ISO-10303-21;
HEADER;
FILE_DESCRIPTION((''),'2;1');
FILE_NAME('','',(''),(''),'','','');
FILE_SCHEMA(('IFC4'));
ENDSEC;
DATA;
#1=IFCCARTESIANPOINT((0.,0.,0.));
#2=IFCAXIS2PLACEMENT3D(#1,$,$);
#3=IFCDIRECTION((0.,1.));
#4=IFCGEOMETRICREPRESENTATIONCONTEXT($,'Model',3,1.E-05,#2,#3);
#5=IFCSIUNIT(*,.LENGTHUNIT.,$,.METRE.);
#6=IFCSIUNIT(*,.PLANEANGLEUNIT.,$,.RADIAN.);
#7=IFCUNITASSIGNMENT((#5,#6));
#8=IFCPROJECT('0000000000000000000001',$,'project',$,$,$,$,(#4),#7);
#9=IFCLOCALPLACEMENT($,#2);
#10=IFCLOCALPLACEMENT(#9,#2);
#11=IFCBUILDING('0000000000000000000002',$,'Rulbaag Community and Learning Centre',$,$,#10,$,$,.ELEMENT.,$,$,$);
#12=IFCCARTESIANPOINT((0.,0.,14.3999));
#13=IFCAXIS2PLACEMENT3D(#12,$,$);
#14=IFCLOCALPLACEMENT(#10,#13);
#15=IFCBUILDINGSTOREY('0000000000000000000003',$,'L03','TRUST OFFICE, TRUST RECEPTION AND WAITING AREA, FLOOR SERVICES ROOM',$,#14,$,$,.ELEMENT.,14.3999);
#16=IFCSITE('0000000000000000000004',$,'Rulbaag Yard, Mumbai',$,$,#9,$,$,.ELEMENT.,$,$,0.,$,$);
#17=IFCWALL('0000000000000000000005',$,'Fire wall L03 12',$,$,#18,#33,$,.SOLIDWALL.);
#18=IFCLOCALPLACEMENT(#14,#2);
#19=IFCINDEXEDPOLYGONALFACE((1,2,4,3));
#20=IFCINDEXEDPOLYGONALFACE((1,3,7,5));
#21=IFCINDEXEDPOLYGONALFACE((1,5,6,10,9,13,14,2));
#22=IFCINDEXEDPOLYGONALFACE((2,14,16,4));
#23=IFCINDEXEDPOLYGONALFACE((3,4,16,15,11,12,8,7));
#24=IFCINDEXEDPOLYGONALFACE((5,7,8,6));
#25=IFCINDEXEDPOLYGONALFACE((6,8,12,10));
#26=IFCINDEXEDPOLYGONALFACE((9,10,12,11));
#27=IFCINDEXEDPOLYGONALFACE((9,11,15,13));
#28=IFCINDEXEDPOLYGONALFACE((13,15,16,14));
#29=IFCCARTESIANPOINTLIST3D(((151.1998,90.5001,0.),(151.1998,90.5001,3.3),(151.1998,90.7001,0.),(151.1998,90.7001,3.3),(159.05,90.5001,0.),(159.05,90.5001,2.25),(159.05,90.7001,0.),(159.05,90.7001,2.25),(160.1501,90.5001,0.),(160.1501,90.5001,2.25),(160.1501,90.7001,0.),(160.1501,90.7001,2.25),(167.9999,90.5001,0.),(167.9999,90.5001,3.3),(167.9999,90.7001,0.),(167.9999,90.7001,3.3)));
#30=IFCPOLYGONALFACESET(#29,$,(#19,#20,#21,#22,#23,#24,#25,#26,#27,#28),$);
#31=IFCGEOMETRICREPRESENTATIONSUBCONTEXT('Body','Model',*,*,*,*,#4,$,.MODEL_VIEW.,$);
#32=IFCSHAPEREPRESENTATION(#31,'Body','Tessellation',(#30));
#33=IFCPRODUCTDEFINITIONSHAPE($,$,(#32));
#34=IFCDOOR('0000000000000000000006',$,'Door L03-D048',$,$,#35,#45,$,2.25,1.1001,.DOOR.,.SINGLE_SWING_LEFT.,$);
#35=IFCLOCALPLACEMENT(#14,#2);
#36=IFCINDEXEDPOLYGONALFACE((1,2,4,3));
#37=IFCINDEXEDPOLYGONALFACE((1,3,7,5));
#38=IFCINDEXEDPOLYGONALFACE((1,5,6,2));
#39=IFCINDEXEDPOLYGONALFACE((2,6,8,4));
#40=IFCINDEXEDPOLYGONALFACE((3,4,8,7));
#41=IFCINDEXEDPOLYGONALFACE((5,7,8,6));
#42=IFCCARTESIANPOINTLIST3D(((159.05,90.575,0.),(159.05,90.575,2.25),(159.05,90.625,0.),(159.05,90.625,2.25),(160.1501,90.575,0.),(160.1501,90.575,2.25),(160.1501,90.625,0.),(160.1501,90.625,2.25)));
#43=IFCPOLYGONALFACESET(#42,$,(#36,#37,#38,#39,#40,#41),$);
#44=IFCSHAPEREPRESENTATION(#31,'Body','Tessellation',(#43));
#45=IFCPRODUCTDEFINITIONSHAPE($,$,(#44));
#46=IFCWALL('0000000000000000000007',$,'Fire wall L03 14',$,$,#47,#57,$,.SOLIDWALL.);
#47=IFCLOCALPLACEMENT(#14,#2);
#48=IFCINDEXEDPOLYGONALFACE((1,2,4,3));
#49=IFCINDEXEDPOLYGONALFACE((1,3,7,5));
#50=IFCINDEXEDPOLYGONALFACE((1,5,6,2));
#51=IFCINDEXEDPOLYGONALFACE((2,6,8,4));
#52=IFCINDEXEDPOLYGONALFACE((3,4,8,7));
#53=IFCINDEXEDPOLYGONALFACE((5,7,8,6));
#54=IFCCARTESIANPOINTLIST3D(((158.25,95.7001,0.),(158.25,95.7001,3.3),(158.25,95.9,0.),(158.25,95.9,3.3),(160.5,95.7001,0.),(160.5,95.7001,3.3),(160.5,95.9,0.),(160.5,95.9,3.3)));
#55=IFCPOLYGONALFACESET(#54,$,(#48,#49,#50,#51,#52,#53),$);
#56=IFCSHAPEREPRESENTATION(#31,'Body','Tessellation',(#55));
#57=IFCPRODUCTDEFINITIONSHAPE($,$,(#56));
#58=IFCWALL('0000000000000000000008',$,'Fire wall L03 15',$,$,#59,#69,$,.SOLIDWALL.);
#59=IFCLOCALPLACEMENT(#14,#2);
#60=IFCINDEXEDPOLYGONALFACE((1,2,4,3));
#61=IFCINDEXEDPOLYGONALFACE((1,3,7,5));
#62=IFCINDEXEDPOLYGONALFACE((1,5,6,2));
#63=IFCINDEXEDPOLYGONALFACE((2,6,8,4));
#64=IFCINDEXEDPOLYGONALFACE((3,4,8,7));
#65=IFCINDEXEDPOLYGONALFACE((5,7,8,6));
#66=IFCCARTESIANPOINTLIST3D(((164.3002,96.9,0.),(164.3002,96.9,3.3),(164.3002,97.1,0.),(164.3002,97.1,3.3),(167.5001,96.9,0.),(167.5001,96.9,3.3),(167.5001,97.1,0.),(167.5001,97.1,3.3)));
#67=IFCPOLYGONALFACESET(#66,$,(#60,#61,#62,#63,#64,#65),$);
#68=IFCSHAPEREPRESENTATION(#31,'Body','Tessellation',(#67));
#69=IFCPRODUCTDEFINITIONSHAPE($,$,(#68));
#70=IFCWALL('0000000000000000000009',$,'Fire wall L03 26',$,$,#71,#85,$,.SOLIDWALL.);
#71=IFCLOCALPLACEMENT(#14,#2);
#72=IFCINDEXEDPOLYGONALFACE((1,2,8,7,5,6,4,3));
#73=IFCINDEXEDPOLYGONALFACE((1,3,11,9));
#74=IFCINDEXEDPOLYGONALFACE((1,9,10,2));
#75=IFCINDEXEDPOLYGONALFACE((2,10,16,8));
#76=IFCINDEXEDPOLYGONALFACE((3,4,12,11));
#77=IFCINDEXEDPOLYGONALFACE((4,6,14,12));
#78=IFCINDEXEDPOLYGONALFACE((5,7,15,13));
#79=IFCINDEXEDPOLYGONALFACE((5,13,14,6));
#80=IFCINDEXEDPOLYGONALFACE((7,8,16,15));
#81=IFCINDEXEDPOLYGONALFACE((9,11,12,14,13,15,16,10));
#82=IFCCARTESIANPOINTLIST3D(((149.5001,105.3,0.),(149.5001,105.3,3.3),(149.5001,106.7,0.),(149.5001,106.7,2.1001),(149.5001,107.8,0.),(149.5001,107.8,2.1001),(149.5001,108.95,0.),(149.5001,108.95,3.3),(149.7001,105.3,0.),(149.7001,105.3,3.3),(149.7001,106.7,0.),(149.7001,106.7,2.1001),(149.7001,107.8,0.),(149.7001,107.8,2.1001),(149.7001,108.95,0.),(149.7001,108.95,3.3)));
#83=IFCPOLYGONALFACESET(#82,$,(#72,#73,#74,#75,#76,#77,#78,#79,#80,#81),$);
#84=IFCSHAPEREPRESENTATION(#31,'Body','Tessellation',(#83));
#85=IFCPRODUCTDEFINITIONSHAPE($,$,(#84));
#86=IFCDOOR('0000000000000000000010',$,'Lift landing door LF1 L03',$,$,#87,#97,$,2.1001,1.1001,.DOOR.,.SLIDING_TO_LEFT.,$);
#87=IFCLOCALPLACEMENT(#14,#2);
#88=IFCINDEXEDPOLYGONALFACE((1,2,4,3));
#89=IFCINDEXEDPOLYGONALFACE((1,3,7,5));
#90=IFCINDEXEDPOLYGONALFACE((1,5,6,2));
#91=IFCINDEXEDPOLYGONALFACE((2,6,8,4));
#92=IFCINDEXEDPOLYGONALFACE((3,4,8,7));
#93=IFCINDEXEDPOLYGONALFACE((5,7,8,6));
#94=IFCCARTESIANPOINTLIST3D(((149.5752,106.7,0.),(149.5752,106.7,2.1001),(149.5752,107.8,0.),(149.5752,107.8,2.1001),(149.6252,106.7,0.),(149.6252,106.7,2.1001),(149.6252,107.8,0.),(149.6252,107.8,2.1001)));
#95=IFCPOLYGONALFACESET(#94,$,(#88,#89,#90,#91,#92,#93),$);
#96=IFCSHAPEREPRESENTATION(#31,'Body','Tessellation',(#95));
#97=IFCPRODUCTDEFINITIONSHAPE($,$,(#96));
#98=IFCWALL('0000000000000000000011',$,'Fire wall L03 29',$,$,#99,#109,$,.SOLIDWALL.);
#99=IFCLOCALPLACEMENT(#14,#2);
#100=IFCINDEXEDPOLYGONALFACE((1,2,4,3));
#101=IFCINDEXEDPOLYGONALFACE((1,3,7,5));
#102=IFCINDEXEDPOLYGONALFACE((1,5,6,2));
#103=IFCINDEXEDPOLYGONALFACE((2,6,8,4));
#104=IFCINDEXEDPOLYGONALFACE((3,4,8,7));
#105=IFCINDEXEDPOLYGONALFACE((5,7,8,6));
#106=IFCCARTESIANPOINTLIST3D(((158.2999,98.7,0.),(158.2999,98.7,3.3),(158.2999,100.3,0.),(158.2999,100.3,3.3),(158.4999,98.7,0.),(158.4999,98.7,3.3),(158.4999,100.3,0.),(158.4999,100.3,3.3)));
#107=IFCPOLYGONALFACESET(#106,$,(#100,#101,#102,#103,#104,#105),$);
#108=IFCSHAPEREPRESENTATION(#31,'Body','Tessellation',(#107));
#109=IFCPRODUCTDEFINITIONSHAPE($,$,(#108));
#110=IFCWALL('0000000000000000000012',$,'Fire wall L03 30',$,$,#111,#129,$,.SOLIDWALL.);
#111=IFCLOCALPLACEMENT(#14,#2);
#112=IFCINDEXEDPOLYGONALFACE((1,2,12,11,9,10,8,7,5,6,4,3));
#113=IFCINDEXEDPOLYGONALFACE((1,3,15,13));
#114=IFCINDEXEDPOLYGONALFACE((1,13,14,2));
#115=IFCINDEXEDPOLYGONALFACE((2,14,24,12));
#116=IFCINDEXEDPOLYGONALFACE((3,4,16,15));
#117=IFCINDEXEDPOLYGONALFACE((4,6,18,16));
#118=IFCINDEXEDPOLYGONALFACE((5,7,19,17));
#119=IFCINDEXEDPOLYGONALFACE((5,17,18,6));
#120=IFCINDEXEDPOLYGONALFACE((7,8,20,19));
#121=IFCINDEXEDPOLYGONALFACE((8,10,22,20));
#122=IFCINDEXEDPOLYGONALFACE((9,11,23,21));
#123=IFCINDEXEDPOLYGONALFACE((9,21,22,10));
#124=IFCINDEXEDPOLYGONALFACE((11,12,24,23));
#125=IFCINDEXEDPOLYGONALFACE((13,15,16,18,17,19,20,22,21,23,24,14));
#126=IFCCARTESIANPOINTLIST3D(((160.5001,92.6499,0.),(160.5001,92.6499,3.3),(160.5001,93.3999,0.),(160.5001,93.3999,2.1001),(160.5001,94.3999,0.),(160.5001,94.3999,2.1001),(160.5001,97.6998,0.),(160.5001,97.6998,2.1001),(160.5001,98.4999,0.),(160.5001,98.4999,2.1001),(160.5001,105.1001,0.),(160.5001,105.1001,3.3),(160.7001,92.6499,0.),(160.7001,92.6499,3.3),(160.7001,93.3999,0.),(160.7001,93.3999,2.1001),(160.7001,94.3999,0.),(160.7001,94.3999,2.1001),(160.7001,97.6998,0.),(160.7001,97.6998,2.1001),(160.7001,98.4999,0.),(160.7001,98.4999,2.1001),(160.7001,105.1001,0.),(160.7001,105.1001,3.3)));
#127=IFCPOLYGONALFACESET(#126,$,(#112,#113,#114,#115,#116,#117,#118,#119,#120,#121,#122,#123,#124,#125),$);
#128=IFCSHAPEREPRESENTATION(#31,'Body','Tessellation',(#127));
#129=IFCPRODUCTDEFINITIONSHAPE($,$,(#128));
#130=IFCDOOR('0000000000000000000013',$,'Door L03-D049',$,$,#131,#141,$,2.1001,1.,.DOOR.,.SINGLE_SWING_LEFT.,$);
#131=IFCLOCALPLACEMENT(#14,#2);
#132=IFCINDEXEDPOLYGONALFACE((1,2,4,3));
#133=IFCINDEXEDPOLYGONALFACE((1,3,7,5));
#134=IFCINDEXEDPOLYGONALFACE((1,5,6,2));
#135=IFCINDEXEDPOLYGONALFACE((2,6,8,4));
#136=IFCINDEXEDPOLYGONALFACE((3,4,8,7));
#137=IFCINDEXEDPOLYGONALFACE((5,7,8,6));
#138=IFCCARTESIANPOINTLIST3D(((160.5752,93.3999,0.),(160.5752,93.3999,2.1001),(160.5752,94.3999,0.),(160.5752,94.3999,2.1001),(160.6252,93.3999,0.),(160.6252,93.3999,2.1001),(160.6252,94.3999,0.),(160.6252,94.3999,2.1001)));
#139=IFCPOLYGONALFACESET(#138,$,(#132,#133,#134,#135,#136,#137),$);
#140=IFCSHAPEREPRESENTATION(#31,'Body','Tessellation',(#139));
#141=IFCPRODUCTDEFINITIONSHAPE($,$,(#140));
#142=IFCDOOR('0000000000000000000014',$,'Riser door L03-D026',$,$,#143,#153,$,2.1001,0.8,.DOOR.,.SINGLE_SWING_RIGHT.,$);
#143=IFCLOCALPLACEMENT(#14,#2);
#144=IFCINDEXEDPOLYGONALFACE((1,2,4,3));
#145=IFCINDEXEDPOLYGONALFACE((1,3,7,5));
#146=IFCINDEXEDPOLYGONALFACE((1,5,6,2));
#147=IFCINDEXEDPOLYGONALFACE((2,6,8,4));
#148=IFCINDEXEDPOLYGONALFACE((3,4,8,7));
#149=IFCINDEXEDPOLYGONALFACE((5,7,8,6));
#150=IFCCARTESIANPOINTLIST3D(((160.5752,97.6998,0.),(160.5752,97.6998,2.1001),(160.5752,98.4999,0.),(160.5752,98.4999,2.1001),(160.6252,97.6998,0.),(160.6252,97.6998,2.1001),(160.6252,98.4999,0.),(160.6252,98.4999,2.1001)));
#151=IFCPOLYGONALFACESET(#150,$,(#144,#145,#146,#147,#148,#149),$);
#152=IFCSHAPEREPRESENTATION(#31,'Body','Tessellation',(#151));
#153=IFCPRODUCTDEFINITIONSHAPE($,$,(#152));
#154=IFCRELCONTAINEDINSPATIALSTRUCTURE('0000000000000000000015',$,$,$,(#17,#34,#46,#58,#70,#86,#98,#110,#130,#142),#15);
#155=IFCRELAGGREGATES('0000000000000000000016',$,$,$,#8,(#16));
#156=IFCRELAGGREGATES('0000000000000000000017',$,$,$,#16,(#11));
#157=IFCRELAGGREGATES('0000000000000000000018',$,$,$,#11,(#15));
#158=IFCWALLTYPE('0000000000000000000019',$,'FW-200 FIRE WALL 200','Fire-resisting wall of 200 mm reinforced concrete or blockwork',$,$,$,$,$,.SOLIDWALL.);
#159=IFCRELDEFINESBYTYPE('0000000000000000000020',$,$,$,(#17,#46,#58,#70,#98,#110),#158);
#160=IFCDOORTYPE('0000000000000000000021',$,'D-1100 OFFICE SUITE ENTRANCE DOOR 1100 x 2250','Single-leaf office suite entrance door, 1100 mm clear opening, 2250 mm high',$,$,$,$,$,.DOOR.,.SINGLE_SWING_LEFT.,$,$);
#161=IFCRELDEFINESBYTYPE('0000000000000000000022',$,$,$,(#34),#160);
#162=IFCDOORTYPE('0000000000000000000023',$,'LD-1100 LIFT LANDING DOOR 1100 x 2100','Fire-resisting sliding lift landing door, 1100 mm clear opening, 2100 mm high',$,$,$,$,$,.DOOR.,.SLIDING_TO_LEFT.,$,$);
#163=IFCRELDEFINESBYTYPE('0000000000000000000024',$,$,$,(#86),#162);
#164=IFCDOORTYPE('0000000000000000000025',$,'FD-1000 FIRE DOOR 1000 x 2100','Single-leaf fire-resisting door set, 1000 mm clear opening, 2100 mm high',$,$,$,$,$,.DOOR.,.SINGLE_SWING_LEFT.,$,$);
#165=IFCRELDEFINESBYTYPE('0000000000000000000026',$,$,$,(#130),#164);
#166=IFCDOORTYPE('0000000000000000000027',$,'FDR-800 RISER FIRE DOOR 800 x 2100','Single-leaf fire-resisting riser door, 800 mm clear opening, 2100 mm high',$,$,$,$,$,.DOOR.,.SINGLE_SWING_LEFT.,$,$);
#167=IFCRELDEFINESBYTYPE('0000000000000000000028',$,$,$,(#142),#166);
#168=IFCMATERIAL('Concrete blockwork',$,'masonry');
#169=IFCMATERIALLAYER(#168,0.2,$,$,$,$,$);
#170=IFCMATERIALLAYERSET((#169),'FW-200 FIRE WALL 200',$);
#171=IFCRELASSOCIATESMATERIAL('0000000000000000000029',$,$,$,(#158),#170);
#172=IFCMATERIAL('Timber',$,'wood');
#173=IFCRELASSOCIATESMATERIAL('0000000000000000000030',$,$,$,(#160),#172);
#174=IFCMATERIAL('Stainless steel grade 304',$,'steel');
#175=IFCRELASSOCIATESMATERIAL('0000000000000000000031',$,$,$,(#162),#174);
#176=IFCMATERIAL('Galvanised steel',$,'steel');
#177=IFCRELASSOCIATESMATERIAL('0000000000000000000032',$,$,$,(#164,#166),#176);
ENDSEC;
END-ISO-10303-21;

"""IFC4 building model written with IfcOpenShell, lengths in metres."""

from ifc_helpers import new_model, si_unit, direction, frame, frame_2d, origin, place, context, subcontext, project, spatial, rectangle, extrude, material, layer, layer_set, type_object, element, fill, save


model = new_model("IFC4")

# Units and contexts
model_context = context("Model", 3, precision=1e-05, world=origin(), true_north=direction((0.0, 1.0)))
body_context = subcontext(model_context, "Body", "Model", "MODEL_VIEW")
ifc_project = project(units=[si_unit("LENGTHUNIT", "METRE"), si_unit("PLANEANGLEUNIT", "RADIAN")], contexts=[model_context])

# Site, building, storey
site_placement = place(None, origin())
site = spatial("IfcSite", under=ifc_project, at=site_placement, Name="Rulbaag Yard, Mumbai", CompositionType="ELEMENT", RefElevation=0.0)
building_placement = place(site_placement, origin())
building = spatial("IfcBuilding", under=site, at=building_placement, Name="Rulbaag Community and Learning Centre", CompositionType="ELEMENT")
storey_placement = place(building_placement, frame((0.0, 0.0, 14.3999)))
storey = spatial("IfcBuildingStorey", under=building, at=storey_placement, Name="L03", Description="TRUST OFFICE, TRUST RECEPTION AND WAITING AREA, FLOOR SERVICES ROOM", CompositionType="ELEMENT", Elevation=14.3999)

# Wall, opening, door
ifc_material_1 = material(Name="Concrete blockwork", Category="masonry")
ifc_layer_1 = layer(ifc_material_1, 0.2)
ifc_layer_set_1 = layer_set([ifc_layer_1], Name="FW-200 FIRE WALL 200")
wall_type_1 = type_object("IfcWallType", Name="FW-200 FIRE WALL 200", Description="Fire-resisting wall of 200 mm reinforced concrete or blockwork", PredefinedType="SOLIDWALL", material=ifc_layer_set_1)
wall_1_placement = place(storey_placement, frame((151.2, 90.6001, 0.0), z_axis=(0.0, 0.0, 1.0), x_axis=(1.0, 0.0, 0.0)))
wall_1 = element("IfcWall", 1, at=wall_1_placement, inside=storey, type_object=wall_type_1, Name="Fire wall L03 12", PredefinedType="SOLIDWALL", context=body_context, shape_type="SweptSolid", body=[
    extrude(rectangle(XDim=16.8, YDim=0.2, at=frame_2d((8.3999, 0.0))), origin(), (0.0, 0.0, 1.0), 3.3),
])
opening_1_placement = place(wall_1_placement, frame((7.8501, 0.0, 0.0)))
opening_1 = element("IfcOpeningElement", 2, at=opening_1_placement, cuts=wall_1, PredefinedType="OPENING", context=body_context, shape_type="SweptSolid", body=[
    extrude(rectangle(XDim=1.1001, YDim=2.25, at=frame_2d((0.55, 1.125))), frame((0.0, 0.1099, 0.0), z_axis=(0.0, -1.0, 0.0), x_axis=(1.0, 0.0, 0.0)), (0.0, 0.0, 1.0), 0.22),
])
ifc_material_2 = material(Name="Timber", Category="wood")
door_type_1 = type_object("IfcDoorType", Name="D-1100 OFFICE SUITE ENTRANCE DOOR 1100 x 2250", Description="Single-leaf office suite entrance door, 1100 mm clear opening, 2250 mm high", OperationType="SINGLE_SWING_LEFT", PredefinedType="DOOR", material=ifc_material_2)
door_1_placement = place(opening_1_placement, origin())
door_1 = element("IfcDoor", 3, at=door_1_placement, inside=storey, type_object=door_type_1, Name="Door L03-D048", OperationType="SINGLE_SWING_LEFT", OverallHeight=2.25, OverallWidth=1.1001, PredefinedType="DOOR", context=body_context, shape_type="SweptSolid", body=[
    extrude(rectangle(XDim=1.1001, YDim=2.25, at=frame_2d((0.55, 1.125))), frame((0.0, 0.0249, 0.0), z_axis=(0.0, -1.0, 0.0), x_axis=(1.0, 0.0, 0.0)), (0.0, 0.0, 1.0), 0.05),
])
fill(opening_1, door_1)

# Walls
wall_2_placement = place(storey_placement, frame((158.25, 95.8, 0.0), z_axis=(0.0, 0.0, 1.0), x_axis=(1.0, 0.0, 0.0)))
element("IfcWall", 4, at=wall_2_placement, inside=storey, type_object=wall_type_1, Name="Fire wall L03 14", PredefinedType="SOLIDWALL", context=body_context, shape_type="SweptSolid", body=[
    extrude(rectangle(XDim=2.25, YDim=0.2, at=frame_2d((1.125, 0.0))), origin(), (0.0, 0.0, 1.0), 3.3),
])
wall_3_placement = place(storey_placement, frame((164.3, 97.0, 0.0), z_axis=(0.0, 0.0, 1.0), x_axis=(1.0, 0.0, 0.0)))
element("IfcWall", 5, at=wall_3_placement, inside=storey, type_object=wall_type_1, Name="Fire wall L03 15", PredefinedType="SOLIDWALL", context=body_context, shape_type="SweptSolid", body=[
    extrude(rectangle(XDim=3.2, YDim=0.2, at=frame_2d((1.6001, 0.0))), origin(), (0.0, 0.0, 1.0), 3.3),
])

# Wall, opening, door
wall_4_placement = place(storey_placement, frame((149.6001, 105.3, 0.0), z_axis=(0.0, 0.0, 1.0), x_axis=(0.0, 1.0, 0.0)))
wall_4 = element("IfcWall", 6, at=wall_4_placement, inside=storey, type_object=wall_type_1, Name="Fire wall L03 26", PredefinedType="SOLIDWALL", context=body_context, shape_type="SweptSolid", body=[
    extrude(rectangle(XDim=3.6499, YDim=0.2, at=frame_2d((1.825, 0.0))), origin(), (0.0, 0.0, 1.0), 3.3),
])
opening_2_placement = place(wall_4_placement, frame((1.3999, 0.0, 0.0)))
opening_2 = element("IfcOpeningElement", 7, at=opening_2_placement, cuts=wall_4, PredefinedType="OPENING", context=body_context, shape_type="SweptSolid", body=[
    extrude(rectangle(XDim=1.1001, YDim=2.1001, at=frame_2d((0.55, 1.05))), frame((0.0, 0.1099, 0.0), z_axis=(0.0, -1.0, 0.0), x_axis=(1.0, 0.0, 0.0)), (0.0, 0.0, 1.0), 0.22),
])
ifc_material_3 = material(Name="Stainless steel grade 304", Category="steel")
door_type_2 = type_object("IfcDoorType", Name="LD-1100 LIFT LANDING DOOR 1100 x 2100", Description="Fire-resisting sliding lift landing door, 1100 mm clear opening, 2100 mm high", OperationType="SLIDING_TO_LEFT", PredefinedType="DOOR", material=ifc_material_3)
door_2_placement = place(opening_2_placement, origin())
door_2 = element("IfcDoor", 8, at=door_2_placement, inside=storey, type_object=door_type_2, Name="Lift landing door LF1 L03", OperationType="SLIDING_TO_LEFT", OverallHeight=2.1001, OverallWidth=1.1001, PredefinedType="DOOR", context=body_context, shape_type="SweptSolid", body=[
    extrude(rectangle(XDim=1.1001, YDim=2.1001, at=frame_2d((0.55, 1.05))), frame((0.0, 0.0249, 0.0), z_axis=(0.0, -1.0, 0.0), x_axis=(1.0, 0.0, 0.0)), (0.0, 0.0, 1.0), 0.05),
])
fill(opening_2, door_2)

# Wall
wall_5_placement = place(storey_placement, frame((158.3999, 98.7, 0.0), z_axis=(0.0, 0.0, 1.0), x_axis=(0.0, 1.0, 0.0)))
element("IfcWall", 9, at=wall_5_placement, inside=storey, type_object=wall_type_1, Name="Fire wall L03 29", PredefinedType="SOLIDWALL", context=body_context, shape_type="SweptSolid", body=[
    extrude(rectangle(XDim=1.6001, YDim=0.2, at=frame_2d((0.8, 0.0))), origin(), (0.0, 0.0, 1.0), 3.3),
])

# Wall, openings, doors
wall_6_placement = place(storey_placement, frame((160.6001, 92.6499, 0.0), z_axis=(0.0, 0.0, 1.0), x_axis=(0.0, 1.0, 0.0)))
wall_6 = element("IfcWall", 10, at=wall_6_placement, inside=storey, type_object=wall_type_1, Name="Fire wall L03 30", PredefinedType="SOLIDWALL", context=body_context, shape_type="SweptSolid", body=[
    extrude(rectangle(XDim=12.4502, YDim=0.2, at=frame_2d((6.2251, 0.0))), origin(), (0.0, 0.0, 1.0), 3.3),
])
opening_3_placement = place(wall_6_placement, frame((5.05, 0.0, 0.0)))
opening_3 = element("IfcOpeningElement", 11, at=opening_3_placement, cuts=wall_6, PredefinedType="OPENING", context=body_context, shape_type="SweptSolid", body=[
    extrude(rectangle(XDim=0.8, YDim=2.1001, at=frame_2d((0.3999, 1.05))), frame((0.0, 0.1099, 0.0), z_axis=(0.0, -1.0, 0.0), x_axis=(1.0, 0.0, 0.0)), (0.0, 0.0, 1.0), 0.22),
])
opening_4_placement = place(wall_6_placement, frame((0.75, 0.0, 0.0)))
opening_4 = element("IfcOpeningElement", 12, at=opening_4_placement, cuts=wall_6, PredefinedType="OPENING", context=body_context, shape_type="SweptSolid", body=[
    extrude(rectangle(XDim=1.0, YDim=2.1001, at=frame_2d((0.5, 1.05))), frame((0.0, 0.1099, 0.0), z_axis=(0.0, -1.0, 0.0), x_axis=(1.0, 0.0, 0.0)), (0.0, 0.0, 1.0), 0.22),
])
ifc_material_4 = material(Name="Galvanised steel", Category="steel")
door_type_3 = type_object("IfcDoorType", Name="FD-1000 FIRE DOOR 1000 x 2100", Description="Single-leaf fire-resisting door set, 1000 mm clear opening, 2100 mm high", OperationType="SINGLE_SWING_LEFT", PredefinedType="DOOR", material=ifc_material_4)
door_3_placement = place(opening_4_placement, origin())
door_3 = element("IfcDoor", 13, at=door_3_placement, inside=storey, type_object=door_type_3, Name="Door L03-D049", OperationType="SINGLE_SWING_LEFT", OverallHeight=2.1001, OverallWidth=1.0, PredefinedType="DOOR", context=body_context, shape_type="SweptSolid", body=[
    extrude(rectangle(XDim=1.0, YDim=2.1001, at=frame_2d((0.5, 1.05))), frame((0.0, 0.0249, 0.0), z_axis=(0.0, -1.0, 0.0), x_axis=(1.0, 0.0, 0.0)), (0.0, 0.0, 1.0), 0.05),
])
fill(opening_4, door_3)
door_type_4 = type_object("IfcDoorType", Name="FDR-800 RISER FIRE DOOR 800 x 2100", Description="Single-leaf fire-resisting riser door, 800 mm clear opening, 2100 mm high", OperationType="SINGLE_SWING_LEFT", PredefinedType="DOOR", material=ifc_material_4)
door_4_placement = place(opening_3_placement, origin())
door_4 = element("IfcDoor", 14, at=door_4_placement, inside=storey, type_object=door_type_4, Name="Riser door L03-D026", OperationType="SINGLE_SWING_RIGHT", OverallHeight=2.1001, OverallWidth=0.8, PredefinedType="DOOR", context=body_context, shape_type="SweptSolid", body=[
    extrude(rectangle(XDim=0.8, YDim=2.1001, at=frame_2d((0.3999, 1.05))), frame((0.0, 0.0249, 0.0), z_axis=(0.0, -1.0, 0.0), x_axis=(1.0, 0.0, 0.0)), (0.0, 0.0, 1.0), 0.05),
])
fill(opening_3, door_4)

save(model, "model.ifc")
